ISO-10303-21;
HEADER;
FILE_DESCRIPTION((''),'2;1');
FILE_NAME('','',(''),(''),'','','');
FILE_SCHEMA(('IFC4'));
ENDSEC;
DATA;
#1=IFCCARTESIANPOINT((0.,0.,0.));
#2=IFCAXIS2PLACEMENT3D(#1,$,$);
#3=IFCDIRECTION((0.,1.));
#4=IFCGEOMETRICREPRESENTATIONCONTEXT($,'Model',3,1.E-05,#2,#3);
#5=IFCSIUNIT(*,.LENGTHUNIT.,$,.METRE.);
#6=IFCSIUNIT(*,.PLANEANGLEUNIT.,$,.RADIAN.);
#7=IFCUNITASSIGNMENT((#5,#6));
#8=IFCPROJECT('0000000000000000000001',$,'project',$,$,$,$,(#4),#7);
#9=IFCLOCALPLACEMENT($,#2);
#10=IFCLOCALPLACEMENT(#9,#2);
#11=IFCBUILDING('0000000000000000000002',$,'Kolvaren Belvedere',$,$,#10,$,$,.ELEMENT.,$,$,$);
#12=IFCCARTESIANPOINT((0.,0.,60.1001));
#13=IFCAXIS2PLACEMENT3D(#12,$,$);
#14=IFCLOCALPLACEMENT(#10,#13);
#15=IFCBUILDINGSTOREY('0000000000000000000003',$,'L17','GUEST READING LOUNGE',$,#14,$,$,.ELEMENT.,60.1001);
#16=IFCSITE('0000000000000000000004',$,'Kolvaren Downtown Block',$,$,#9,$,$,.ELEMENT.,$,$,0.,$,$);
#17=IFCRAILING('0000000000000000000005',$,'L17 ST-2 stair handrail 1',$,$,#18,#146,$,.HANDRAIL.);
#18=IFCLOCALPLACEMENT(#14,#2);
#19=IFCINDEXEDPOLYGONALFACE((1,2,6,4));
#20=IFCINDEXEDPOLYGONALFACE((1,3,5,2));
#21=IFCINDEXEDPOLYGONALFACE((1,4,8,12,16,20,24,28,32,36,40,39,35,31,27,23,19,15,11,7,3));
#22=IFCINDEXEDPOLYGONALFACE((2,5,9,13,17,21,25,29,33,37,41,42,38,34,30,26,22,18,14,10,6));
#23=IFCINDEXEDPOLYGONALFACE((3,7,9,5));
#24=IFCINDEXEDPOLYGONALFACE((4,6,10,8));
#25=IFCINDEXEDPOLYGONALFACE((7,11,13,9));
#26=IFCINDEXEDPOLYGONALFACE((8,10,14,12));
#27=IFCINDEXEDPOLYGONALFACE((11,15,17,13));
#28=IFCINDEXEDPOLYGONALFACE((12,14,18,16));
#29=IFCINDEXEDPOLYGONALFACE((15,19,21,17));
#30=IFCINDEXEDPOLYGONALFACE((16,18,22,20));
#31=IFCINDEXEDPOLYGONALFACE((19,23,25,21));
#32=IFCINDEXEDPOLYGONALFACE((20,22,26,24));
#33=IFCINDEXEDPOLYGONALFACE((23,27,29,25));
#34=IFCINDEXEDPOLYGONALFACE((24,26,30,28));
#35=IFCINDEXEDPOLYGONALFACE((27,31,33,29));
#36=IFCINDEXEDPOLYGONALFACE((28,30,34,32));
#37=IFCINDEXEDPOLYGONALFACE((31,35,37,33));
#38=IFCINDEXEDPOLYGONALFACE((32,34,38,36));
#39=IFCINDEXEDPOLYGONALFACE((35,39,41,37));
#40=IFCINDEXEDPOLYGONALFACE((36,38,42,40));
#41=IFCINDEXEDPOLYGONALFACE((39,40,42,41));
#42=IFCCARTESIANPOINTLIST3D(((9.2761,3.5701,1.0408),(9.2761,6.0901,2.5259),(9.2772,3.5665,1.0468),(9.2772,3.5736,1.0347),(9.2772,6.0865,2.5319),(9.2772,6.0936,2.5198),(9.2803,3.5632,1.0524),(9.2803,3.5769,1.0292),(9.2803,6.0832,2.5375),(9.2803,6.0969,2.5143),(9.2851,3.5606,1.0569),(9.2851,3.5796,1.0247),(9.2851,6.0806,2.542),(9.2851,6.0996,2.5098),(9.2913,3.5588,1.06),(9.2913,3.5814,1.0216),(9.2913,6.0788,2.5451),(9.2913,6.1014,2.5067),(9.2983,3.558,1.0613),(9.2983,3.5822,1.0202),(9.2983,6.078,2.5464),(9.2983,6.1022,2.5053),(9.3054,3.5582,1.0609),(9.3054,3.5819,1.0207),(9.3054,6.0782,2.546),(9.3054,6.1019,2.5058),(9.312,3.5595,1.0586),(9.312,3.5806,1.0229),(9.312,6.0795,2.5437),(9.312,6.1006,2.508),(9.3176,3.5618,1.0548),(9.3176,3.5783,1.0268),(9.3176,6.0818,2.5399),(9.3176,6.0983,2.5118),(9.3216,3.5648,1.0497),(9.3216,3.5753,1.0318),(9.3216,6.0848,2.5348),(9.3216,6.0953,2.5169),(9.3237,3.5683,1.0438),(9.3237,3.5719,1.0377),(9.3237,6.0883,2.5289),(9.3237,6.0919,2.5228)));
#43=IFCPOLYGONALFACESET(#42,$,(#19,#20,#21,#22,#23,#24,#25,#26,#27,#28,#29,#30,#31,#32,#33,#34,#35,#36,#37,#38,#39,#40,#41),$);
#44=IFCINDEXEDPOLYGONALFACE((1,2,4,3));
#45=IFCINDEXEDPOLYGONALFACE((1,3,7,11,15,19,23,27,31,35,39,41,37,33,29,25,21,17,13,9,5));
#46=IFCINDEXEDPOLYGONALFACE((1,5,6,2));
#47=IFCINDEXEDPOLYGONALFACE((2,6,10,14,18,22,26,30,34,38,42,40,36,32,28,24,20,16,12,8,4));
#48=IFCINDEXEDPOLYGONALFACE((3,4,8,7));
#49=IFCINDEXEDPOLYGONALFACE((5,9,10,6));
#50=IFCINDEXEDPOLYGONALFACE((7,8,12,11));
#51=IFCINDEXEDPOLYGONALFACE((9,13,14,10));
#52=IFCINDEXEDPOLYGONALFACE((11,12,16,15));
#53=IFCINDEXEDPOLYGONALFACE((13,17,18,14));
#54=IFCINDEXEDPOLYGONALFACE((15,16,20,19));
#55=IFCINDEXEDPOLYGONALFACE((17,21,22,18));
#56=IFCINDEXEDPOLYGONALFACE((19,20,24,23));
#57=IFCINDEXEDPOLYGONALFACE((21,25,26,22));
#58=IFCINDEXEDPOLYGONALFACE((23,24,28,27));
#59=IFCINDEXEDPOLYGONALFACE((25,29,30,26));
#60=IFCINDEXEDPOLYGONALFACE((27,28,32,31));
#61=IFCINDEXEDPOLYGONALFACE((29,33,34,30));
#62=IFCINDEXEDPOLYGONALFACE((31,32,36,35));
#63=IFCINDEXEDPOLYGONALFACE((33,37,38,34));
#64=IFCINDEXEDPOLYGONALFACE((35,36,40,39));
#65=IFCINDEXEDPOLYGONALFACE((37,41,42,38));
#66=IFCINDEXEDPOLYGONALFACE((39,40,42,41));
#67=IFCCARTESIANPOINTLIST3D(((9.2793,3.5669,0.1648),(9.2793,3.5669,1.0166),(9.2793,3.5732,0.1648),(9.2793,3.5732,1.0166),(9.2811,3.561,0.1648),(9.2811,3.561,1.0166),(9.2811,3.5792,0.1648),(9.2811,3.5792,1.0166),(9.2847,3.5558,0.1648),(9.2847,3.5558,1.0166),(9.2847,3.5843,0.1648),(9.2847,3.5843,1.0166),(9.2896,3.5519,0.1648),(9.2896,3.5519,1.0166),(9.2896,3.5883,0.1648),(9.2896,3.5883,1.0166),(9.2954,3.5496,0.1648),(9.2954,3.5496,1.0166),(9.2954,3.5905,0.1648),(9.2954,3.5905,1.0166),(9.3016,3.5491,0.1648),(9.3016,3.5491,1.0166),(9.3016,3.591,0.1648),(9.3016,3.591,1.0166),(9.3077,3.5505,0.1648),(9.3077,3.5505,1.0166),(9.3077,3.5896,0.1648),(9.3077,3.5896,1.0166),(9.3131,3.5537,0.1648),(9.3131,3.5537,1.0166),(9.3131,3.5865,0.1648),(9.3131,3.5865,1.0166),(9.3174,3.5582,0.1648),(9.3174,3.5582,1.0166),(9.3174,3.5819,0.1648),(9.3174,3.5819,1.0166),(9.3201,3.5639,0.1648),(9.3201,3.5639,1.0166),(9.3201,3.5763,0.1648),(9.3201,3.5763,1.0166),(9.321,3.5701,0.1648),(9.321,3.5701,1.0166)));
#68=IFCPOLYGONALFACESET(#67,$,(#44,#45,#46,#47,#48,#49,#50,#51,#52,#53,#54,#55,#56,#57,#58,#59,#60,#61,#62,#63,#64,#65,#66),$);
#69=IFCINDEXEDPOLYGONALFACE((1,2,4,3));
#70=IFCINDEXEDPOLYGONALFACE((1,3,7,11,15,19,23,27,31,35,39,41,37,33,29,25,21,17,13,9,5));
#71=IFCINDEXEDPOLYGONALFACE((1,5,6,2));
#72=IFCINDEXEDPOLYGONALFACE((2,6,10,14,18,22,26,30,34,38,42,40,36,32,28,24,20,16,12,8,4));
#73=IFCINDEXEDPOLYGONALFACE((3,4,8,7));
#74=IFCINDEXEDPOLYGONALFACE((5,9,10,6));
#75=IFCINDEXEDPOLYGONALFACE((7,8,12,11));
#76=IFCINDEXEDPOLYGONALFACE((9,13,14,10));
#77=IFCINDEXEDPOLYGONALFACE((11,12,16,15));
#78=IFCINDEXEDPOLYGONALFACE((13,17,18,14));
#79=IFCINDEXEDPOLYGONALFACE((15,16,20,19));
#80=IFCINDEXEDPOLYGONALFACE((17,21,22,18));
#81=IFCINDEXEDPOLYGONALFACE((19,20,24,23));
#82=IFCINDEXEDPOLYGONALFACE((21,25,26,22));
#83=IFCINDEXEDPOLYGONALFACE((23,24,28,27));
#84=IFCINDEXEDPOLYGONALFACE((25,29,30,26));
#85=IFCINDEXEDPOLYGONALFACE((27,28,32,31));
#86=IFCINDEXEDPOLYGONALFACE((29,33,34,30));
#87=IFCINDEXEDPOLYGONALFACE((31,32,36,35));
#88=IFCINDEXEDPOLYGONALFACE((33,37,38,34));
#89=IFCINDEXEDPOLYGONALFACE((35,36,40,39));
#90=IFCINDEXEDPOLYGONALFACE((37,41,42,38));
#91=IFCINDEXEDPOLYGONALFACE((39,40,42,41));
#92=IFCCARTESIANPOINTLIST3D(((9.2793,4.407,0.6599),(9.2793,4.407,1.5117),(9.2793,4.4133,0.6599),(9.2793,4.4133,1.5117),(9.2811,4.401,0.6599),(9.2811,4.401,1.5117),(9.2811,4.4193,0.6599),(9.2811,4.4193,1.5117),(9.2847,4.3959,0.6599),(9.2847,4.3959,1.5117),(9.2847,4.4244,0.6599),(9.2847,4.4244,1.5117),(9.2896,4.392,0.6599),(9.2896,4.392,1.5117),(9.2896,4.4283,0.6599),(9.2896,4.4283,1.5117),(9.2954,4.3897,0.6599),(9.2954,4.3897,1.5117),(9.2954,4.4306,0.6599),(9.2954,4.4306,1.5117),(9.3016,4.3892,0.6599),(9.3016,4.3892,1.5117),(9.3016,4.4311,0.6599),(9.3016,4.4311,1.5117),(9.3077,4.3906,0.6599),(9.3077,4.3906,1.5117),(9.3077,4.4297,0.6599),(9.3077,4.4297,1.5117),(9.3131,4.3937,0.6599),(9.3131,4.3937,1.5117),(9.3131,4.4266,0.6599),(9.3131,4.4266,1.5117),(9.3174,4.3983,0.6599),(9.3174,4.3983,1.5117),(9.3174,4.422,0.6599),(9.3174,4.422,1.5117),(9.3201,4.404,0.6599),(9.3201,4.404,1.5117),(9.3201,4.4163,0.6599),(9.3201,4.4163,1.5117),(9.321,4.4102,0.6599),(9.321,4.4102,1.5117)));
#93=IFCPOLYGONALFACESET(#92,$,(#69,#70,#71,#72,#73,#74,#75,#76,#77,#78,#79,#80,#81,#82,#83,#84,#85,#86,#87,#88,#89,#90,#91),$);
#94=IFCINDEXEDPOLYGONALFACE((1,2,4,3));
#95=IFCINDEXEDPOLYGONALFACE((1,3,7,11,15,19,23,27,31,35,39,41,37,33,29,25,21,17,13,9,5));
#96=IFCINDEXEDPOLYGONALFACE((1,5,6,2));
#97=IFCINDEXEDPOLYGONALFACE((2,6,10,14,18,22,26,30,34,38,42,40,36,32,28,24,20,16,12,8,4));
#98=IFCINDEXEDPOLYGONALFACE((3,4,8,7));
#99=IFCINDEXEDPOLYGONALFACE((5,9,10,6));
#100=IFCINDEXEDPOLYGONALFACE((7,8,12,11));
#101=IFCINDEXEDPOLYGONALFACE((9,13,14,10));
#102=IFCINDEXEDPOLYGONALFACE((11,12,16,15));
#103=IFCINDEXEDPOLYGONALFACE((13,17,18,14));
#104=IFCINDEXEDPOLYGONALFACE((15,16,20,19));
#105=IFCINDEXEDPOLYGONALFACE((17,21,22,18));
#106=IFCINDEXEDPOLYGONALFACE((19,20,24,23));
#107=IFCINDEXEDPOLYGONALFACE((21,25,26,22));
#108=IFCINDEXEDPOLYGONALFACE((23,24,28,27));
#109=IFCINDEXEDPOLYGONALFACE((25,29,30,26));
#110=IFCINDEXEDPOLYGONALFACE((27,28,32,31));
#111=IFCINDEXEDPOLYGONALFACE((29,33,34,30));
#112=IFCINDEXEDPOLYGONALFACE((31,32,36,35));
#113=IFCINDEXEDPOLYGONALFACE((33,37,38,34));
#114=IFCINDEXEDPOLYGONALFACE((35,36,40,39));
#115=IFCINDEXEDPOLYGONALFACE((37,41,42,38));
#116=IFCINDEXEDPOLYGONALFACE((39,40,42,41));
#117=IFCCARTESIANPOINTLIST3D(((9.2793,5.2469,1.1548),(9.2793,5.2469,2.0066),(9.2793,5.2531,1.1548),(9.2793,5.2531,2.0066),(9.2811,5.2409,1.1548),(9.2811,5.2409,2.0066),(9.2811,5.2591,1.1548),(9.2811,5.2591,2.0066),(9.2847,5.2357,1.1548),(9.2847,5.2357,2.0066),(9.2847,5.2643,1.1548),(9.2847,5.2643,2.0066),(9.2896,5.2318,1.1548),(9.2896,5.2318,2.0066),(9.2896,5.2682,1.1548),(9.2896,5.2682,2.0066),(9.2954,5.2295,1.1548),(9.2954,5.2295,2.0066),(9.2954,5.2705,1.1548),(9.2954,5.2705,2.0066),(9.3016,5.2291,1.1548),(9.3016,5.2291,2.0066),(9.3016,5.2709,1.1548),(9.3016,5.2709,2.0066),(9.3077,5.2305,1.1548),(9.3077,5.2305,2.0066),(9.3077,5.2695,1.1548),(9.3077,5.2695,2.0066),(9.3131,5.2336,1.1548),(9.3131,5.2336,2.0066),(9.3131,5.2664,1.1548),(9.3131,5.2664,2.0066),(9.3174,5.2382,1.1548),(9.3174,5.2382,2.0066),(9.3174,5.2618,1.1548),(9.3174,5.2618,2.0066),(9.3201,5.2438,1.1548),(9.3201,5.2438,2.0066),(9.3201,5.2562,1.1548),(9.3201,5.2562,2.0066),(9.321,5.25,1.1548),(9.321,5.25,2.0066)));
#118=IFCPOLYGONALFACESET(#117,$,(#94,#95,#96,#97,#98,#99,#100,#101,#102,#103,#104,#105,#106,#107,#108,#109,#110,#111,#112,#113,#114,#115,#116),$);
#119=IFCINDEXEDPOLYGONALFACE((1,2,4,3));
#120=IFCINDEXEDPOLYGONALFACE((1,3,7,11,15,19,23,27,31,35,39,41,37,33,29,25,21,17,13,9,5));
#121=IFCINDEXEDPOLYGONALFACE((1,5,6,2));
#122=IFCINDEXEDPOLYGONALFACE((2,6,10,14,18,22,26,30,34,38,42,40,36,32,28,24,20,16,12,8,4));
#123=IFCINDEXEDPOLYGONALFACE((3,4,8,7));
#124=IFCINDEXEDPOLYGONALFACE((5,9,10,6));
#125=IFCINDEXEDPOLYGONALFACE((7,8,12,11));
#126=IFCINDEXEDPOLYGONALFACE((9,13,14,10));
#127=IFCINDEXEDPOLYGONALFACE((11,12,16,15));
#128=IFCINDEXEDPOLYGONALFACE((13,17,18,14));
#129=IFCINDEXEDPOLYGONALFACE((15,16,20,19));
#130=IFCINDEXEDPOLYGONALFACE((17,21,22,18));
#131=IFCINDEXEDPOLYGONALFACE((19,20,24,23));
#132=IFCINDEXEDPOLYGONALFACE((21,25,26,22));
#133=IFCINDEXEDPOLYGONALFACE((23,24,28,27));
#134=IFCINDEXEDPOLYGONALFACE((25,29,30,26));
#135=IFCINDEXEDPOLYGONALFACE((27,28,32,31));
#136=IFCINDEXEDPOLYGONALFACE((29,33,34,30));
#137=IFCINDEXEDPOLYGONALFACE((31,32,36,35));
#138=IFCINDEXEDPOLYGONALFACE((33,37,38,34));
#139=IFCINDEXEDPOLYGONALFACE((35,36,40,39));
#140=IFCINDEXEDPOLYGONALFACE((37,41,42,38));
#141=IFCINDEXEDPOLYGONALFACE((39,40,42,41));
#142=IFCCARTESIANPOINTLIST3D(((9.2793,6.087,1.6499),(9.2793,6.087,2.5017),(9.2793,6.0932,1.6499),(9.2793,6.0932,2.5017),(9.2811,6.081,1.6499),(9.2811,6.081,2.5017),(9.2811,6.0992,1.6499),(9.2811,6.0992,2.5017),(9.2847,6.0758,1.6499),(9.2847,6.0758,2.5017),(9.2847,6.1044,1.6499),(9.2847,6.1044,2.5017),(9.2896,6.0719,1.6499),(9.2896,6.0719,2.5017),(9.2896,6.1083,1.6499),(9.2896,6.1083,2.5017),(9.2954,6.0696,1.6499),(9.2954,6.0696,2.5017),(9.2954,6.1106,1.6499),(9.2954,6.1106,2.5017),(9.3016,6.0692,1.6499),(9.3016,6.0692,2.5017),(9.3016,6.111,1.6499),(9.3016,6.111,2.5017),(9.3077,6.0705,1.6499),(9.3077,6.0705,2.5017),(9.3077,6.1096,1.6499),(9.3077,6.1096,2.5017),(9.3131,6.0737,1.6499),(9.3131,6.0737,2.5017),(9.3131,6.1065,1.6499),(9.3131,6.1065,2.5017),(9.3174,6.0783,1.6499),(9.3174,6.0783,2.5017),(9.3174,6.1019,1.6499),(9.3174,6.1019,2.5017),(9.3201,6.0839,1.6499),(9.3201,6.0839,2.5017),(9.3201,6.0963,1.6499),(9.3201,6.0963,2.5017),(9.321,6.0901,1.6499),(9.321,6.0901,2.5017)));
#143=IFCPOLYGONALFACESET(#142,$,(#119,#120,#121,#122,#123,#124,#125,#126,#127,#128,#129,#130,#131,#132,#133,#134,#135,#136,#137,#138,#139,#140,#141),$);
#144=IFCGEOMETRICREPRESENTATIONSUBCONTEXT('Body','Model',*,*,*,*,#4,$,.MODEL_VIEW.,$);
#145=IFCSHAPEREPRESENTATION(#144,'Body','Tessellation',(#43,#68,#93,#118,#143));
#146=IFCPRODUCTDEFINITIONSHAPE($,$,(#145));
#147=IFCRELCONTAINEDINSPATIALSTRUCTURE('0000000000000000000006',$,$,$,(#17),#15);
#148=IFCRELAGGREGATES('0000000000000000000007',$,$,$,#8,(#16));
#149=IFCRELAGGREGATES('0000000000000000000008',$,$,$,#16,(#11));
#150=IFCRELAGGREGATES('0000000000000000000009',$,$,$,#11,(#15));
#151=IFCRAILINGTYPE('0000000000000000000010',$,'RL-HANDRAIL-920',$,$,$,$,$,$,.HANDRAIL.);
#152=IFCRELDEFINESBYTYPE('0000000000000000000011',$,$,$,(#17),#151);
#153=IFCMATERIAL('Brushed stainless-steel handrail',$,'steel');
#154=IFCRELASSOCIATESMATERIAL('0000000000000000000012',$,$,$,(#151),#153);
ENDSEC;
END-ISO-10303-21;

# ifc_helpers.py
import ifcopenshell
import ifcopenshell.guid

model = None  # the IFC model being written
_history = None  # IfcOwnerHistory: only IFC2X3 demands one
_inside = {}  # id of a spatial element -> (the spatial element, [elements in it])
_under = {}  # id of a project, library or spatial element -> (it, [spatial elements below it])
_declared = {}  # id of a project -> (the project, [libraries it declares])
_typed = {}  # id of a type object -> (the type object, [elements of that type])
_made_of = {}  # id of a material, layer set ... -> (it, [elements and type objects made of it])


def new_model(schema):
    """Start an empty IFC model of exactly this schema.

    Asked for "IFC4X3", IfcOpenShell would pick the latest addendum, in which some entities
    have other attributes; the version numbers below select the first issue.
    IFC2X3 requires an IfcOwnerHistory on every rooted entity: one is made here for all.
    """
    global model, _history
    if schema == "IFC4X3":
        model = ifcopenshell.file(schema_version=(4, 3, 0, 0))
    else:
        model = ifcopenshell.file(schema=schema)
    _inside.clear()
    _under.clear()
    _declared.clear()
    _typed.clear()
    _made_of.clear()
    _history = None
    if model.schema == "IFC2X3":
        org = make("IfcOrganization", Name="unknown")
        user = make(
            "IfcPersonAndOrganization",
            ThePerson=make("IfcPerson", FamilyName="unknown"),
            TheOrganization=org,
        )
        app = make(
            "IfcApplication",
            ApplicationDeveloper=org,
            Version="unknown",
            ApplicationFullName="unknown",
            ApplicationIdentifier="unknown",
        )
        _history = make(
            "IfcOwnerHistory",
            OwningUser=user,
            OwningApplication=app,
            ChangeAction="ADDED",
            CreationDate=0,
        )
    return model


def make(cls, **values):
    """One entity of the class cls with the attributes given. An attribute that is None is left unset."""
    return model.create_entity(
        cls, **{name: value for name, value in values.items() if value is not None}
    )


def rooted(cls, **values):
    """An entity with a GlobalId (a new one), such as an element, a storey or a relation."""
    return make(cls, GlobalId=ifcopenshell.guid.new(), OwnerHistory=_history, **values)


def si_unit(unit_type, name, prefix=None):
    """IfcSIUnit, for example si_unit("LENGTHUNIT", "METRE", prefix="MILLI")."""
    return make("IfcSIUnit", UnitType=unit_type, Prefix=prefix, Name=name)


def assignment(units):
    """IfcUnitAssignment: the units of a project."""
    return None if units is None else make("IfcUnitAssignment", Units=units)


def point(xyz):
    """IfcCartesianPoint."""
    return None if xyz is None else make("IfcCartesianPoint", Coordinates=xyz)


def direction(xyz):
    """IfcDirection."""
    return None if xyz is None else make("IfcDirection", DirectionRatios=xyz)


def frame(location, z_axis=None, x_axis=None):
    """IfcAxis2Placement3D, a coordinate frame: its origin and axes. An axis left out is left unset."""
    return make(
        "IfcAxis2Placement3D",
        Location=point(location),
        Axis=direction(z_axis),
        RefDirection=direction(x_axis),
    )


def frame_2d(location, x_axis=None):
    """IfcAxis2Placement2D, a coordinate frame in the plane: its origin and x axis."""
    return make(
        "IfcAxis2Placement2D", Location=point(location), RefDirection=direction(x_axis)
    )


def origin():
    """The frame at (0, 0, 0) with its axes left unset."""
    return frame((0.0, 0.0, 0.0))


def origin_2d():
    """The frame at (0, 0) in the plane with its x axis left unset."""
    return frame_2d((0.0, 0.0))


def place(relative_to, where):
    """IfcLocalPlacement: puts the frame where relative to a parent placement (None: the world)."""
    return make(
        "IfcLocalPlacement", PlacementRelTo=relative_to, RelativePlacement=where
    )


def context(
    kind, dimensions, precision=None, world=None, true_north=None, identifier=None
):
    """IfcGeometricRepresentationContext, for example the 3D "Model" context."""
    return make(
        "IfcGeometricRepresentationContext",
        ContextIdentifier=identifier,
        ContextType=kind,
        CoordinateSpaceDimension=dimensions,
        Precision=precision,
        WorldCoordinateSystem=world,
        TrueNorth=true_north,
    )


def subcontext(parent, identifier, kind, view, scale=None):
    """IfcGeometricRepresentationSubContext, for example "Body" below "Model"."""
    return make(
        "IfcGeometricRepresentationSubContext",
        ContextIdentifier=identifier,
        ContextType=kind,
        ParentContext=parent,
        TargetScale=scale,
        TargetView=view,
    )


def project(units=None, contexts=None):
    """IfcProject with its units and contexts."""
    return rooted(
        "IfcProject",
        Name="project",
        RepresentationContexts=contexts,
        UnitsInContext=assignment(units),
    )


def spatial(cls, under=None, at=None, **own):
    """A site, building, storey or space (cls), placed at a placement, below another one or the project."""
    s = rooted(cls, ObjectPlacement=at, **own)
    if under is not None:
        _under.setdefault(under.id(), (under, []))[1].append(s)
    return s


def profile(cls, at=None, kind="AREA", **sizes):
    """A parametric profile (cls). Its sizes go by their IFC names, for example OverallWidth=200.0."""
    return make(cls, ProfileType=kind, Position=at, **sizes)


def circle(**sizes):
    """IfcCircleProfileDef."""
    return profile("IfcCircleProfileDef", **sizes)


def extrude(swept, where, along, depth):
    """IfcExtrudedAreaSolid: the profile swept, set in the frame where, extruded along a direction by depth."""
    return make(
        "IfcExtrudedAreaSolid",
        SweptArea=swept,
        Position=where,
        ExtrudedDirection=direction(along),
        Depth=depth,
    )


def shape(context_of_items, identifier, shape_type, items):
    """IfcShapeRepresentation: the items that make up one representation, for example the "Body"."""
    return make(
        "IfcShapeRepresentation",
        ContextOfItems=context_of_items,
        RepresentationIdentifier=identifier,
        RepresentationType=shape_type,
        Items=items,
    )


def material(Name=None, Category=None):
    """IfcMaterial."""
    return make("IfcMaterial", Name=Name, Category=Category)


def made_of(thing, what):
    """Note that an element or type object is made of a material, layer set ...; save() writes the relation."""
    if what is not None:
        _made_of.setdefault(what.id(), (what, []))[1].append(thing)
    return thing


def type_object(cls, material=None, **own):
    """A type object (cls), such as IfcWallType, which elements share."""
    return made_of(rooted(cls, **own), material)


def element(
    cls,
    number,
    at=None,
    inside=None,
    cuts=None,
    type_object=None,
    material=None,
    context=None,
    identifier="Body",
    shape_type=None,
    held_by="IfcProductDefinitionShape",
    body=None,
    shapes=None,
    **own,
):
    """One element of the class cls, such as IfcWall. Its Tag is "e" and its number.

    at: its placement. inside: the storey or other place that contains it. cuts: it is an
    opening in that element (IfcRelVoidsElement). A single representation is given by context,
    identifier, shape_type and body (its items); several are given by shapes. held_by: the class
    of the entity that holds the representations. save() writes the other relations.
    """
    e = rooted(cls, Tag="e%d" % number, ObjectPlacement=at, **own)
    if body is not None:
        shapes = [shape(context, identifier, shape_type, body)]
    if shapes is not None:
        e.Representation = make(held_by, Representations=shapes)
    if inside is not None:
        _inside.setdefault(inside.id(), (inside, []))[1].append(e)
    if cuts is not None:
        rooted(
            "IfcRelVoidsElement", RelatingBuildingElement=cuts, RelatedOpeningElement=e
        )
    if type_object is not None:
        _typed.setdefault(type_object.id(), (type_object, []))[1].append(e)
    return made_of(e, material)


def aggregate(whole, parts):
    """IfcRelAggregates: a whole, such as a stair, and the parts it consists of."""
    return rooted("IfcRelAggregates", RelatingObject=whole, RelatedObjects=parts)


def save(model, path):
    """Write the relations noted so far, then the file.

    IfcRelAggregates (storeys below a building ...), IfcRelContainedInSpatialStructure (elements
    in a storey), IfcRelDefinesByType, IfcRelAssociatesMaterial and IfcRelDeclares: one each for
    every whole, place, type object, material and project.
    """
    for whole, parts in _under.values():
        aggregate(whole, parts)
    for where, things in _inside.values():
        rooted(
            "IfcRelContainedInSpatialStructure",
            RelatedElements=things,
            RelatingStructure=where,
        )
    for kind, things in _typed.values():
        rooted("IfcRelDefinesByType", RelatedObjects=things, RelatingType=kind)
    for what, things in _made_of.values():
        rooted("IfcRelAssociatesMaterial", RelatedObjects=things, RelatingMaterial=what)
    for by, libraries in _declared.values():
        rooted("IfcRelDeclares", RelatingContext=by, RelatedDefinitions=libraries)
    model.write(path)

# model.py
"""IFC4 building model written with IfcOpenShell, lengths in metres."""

from ifc_helpers import new_model, si_unit, direction, frame, origin, origin_2d, place, context, subcontext, project, spatial, circle, extrude, material, type_object, element, save


model = new_model("IFC4")

# Units and contexts
model_context = context("Model", 3, precision=1e-05, world=origin(), true_north=direction((0.0, 1.0)))
body_context = subcontext(model_context, "Body", "Model", "MODEL_VIEW")
ifc_project = project(units=[si_unit("LENGTHUNIT", "METRE"), si_unit("PLANEANGLEUNIT", "RADIAN")], contexts=[model_context])

# Site, building, storey
site_placement = place(None, origin())
site = spatial("IfcSite", under=ifc_project, at=site_placement, Name="Kolvaren Downtown Block", CompositionType="ELEMENT", RefElevation=0.0)
building_placement = place(site_placement, origin())
building = spatial("IfcBuilding", under=site, at=building_placement, Name="Kolvaren Belvedere", CompositionType="ELEMENT")
storey_placement = place(building_placement, frame((0.0, 0.0, 60.1001)))
storey = spatial("IfcBuildingStorey", under=building, at=storey_placement, Name="L17", Description="GUEST READING LOUNGE", CompositionType="ELEMENT", Elevation=60.1001)

# Railing
ifc_material_1 = material(Name="Brushed stainless-steel handrail", Category="steel")
railing_type_1 = type_object("IfcRailingType", Name="RL-HANDRAIL-920", PredefinedType="HANDRAIL", material=ifc_material_1)
railing_1_placement = place(storey_placement, frame((9.3, 3.5701, 0.1648)))
element("IfcRailing", 1, at=railing_1_placement, inside=storey, type_object=railing_type_1, Name="L17 ST-2 stair handrail 1", PredefinedType="HANDRAIL", context=body_context, shape_type="SweptSolid", body=[
    extrude(circle(Radius=0.0239, at=origin_2d()), frame((0.0, 0.0, 0.876), z_axis=(0.0, 0.861524, 0.507717), x_axis=(-1.0, 0.0, 0.0)), (0.0, 0.0, 1.0), 2.925),
    extrude(circle(Radius=0.021, at=origin_2d()), origin(), (0.0, 0.0, 1.0), 0.8518),
    extrude(circle(Radius=0.021, at=origin_2d()), frame((0.0, 0.8401, 0.4951)), (0.0, 0.0, 1.0), 0.8518),
    extrude(circle(Radius=0.021, at=origin_2d()), frame((0.0, 1.6799, 0.99)), (0.0, 0.0, 1.0), 0.8518),
    extrude(circle(Radius=0.021, at=origin_2d()), frame((0.0, 2.52, 1.4851)), (0.0, 0.0, 1.0), 0.8518),
])

save(model, "model.ifc")
